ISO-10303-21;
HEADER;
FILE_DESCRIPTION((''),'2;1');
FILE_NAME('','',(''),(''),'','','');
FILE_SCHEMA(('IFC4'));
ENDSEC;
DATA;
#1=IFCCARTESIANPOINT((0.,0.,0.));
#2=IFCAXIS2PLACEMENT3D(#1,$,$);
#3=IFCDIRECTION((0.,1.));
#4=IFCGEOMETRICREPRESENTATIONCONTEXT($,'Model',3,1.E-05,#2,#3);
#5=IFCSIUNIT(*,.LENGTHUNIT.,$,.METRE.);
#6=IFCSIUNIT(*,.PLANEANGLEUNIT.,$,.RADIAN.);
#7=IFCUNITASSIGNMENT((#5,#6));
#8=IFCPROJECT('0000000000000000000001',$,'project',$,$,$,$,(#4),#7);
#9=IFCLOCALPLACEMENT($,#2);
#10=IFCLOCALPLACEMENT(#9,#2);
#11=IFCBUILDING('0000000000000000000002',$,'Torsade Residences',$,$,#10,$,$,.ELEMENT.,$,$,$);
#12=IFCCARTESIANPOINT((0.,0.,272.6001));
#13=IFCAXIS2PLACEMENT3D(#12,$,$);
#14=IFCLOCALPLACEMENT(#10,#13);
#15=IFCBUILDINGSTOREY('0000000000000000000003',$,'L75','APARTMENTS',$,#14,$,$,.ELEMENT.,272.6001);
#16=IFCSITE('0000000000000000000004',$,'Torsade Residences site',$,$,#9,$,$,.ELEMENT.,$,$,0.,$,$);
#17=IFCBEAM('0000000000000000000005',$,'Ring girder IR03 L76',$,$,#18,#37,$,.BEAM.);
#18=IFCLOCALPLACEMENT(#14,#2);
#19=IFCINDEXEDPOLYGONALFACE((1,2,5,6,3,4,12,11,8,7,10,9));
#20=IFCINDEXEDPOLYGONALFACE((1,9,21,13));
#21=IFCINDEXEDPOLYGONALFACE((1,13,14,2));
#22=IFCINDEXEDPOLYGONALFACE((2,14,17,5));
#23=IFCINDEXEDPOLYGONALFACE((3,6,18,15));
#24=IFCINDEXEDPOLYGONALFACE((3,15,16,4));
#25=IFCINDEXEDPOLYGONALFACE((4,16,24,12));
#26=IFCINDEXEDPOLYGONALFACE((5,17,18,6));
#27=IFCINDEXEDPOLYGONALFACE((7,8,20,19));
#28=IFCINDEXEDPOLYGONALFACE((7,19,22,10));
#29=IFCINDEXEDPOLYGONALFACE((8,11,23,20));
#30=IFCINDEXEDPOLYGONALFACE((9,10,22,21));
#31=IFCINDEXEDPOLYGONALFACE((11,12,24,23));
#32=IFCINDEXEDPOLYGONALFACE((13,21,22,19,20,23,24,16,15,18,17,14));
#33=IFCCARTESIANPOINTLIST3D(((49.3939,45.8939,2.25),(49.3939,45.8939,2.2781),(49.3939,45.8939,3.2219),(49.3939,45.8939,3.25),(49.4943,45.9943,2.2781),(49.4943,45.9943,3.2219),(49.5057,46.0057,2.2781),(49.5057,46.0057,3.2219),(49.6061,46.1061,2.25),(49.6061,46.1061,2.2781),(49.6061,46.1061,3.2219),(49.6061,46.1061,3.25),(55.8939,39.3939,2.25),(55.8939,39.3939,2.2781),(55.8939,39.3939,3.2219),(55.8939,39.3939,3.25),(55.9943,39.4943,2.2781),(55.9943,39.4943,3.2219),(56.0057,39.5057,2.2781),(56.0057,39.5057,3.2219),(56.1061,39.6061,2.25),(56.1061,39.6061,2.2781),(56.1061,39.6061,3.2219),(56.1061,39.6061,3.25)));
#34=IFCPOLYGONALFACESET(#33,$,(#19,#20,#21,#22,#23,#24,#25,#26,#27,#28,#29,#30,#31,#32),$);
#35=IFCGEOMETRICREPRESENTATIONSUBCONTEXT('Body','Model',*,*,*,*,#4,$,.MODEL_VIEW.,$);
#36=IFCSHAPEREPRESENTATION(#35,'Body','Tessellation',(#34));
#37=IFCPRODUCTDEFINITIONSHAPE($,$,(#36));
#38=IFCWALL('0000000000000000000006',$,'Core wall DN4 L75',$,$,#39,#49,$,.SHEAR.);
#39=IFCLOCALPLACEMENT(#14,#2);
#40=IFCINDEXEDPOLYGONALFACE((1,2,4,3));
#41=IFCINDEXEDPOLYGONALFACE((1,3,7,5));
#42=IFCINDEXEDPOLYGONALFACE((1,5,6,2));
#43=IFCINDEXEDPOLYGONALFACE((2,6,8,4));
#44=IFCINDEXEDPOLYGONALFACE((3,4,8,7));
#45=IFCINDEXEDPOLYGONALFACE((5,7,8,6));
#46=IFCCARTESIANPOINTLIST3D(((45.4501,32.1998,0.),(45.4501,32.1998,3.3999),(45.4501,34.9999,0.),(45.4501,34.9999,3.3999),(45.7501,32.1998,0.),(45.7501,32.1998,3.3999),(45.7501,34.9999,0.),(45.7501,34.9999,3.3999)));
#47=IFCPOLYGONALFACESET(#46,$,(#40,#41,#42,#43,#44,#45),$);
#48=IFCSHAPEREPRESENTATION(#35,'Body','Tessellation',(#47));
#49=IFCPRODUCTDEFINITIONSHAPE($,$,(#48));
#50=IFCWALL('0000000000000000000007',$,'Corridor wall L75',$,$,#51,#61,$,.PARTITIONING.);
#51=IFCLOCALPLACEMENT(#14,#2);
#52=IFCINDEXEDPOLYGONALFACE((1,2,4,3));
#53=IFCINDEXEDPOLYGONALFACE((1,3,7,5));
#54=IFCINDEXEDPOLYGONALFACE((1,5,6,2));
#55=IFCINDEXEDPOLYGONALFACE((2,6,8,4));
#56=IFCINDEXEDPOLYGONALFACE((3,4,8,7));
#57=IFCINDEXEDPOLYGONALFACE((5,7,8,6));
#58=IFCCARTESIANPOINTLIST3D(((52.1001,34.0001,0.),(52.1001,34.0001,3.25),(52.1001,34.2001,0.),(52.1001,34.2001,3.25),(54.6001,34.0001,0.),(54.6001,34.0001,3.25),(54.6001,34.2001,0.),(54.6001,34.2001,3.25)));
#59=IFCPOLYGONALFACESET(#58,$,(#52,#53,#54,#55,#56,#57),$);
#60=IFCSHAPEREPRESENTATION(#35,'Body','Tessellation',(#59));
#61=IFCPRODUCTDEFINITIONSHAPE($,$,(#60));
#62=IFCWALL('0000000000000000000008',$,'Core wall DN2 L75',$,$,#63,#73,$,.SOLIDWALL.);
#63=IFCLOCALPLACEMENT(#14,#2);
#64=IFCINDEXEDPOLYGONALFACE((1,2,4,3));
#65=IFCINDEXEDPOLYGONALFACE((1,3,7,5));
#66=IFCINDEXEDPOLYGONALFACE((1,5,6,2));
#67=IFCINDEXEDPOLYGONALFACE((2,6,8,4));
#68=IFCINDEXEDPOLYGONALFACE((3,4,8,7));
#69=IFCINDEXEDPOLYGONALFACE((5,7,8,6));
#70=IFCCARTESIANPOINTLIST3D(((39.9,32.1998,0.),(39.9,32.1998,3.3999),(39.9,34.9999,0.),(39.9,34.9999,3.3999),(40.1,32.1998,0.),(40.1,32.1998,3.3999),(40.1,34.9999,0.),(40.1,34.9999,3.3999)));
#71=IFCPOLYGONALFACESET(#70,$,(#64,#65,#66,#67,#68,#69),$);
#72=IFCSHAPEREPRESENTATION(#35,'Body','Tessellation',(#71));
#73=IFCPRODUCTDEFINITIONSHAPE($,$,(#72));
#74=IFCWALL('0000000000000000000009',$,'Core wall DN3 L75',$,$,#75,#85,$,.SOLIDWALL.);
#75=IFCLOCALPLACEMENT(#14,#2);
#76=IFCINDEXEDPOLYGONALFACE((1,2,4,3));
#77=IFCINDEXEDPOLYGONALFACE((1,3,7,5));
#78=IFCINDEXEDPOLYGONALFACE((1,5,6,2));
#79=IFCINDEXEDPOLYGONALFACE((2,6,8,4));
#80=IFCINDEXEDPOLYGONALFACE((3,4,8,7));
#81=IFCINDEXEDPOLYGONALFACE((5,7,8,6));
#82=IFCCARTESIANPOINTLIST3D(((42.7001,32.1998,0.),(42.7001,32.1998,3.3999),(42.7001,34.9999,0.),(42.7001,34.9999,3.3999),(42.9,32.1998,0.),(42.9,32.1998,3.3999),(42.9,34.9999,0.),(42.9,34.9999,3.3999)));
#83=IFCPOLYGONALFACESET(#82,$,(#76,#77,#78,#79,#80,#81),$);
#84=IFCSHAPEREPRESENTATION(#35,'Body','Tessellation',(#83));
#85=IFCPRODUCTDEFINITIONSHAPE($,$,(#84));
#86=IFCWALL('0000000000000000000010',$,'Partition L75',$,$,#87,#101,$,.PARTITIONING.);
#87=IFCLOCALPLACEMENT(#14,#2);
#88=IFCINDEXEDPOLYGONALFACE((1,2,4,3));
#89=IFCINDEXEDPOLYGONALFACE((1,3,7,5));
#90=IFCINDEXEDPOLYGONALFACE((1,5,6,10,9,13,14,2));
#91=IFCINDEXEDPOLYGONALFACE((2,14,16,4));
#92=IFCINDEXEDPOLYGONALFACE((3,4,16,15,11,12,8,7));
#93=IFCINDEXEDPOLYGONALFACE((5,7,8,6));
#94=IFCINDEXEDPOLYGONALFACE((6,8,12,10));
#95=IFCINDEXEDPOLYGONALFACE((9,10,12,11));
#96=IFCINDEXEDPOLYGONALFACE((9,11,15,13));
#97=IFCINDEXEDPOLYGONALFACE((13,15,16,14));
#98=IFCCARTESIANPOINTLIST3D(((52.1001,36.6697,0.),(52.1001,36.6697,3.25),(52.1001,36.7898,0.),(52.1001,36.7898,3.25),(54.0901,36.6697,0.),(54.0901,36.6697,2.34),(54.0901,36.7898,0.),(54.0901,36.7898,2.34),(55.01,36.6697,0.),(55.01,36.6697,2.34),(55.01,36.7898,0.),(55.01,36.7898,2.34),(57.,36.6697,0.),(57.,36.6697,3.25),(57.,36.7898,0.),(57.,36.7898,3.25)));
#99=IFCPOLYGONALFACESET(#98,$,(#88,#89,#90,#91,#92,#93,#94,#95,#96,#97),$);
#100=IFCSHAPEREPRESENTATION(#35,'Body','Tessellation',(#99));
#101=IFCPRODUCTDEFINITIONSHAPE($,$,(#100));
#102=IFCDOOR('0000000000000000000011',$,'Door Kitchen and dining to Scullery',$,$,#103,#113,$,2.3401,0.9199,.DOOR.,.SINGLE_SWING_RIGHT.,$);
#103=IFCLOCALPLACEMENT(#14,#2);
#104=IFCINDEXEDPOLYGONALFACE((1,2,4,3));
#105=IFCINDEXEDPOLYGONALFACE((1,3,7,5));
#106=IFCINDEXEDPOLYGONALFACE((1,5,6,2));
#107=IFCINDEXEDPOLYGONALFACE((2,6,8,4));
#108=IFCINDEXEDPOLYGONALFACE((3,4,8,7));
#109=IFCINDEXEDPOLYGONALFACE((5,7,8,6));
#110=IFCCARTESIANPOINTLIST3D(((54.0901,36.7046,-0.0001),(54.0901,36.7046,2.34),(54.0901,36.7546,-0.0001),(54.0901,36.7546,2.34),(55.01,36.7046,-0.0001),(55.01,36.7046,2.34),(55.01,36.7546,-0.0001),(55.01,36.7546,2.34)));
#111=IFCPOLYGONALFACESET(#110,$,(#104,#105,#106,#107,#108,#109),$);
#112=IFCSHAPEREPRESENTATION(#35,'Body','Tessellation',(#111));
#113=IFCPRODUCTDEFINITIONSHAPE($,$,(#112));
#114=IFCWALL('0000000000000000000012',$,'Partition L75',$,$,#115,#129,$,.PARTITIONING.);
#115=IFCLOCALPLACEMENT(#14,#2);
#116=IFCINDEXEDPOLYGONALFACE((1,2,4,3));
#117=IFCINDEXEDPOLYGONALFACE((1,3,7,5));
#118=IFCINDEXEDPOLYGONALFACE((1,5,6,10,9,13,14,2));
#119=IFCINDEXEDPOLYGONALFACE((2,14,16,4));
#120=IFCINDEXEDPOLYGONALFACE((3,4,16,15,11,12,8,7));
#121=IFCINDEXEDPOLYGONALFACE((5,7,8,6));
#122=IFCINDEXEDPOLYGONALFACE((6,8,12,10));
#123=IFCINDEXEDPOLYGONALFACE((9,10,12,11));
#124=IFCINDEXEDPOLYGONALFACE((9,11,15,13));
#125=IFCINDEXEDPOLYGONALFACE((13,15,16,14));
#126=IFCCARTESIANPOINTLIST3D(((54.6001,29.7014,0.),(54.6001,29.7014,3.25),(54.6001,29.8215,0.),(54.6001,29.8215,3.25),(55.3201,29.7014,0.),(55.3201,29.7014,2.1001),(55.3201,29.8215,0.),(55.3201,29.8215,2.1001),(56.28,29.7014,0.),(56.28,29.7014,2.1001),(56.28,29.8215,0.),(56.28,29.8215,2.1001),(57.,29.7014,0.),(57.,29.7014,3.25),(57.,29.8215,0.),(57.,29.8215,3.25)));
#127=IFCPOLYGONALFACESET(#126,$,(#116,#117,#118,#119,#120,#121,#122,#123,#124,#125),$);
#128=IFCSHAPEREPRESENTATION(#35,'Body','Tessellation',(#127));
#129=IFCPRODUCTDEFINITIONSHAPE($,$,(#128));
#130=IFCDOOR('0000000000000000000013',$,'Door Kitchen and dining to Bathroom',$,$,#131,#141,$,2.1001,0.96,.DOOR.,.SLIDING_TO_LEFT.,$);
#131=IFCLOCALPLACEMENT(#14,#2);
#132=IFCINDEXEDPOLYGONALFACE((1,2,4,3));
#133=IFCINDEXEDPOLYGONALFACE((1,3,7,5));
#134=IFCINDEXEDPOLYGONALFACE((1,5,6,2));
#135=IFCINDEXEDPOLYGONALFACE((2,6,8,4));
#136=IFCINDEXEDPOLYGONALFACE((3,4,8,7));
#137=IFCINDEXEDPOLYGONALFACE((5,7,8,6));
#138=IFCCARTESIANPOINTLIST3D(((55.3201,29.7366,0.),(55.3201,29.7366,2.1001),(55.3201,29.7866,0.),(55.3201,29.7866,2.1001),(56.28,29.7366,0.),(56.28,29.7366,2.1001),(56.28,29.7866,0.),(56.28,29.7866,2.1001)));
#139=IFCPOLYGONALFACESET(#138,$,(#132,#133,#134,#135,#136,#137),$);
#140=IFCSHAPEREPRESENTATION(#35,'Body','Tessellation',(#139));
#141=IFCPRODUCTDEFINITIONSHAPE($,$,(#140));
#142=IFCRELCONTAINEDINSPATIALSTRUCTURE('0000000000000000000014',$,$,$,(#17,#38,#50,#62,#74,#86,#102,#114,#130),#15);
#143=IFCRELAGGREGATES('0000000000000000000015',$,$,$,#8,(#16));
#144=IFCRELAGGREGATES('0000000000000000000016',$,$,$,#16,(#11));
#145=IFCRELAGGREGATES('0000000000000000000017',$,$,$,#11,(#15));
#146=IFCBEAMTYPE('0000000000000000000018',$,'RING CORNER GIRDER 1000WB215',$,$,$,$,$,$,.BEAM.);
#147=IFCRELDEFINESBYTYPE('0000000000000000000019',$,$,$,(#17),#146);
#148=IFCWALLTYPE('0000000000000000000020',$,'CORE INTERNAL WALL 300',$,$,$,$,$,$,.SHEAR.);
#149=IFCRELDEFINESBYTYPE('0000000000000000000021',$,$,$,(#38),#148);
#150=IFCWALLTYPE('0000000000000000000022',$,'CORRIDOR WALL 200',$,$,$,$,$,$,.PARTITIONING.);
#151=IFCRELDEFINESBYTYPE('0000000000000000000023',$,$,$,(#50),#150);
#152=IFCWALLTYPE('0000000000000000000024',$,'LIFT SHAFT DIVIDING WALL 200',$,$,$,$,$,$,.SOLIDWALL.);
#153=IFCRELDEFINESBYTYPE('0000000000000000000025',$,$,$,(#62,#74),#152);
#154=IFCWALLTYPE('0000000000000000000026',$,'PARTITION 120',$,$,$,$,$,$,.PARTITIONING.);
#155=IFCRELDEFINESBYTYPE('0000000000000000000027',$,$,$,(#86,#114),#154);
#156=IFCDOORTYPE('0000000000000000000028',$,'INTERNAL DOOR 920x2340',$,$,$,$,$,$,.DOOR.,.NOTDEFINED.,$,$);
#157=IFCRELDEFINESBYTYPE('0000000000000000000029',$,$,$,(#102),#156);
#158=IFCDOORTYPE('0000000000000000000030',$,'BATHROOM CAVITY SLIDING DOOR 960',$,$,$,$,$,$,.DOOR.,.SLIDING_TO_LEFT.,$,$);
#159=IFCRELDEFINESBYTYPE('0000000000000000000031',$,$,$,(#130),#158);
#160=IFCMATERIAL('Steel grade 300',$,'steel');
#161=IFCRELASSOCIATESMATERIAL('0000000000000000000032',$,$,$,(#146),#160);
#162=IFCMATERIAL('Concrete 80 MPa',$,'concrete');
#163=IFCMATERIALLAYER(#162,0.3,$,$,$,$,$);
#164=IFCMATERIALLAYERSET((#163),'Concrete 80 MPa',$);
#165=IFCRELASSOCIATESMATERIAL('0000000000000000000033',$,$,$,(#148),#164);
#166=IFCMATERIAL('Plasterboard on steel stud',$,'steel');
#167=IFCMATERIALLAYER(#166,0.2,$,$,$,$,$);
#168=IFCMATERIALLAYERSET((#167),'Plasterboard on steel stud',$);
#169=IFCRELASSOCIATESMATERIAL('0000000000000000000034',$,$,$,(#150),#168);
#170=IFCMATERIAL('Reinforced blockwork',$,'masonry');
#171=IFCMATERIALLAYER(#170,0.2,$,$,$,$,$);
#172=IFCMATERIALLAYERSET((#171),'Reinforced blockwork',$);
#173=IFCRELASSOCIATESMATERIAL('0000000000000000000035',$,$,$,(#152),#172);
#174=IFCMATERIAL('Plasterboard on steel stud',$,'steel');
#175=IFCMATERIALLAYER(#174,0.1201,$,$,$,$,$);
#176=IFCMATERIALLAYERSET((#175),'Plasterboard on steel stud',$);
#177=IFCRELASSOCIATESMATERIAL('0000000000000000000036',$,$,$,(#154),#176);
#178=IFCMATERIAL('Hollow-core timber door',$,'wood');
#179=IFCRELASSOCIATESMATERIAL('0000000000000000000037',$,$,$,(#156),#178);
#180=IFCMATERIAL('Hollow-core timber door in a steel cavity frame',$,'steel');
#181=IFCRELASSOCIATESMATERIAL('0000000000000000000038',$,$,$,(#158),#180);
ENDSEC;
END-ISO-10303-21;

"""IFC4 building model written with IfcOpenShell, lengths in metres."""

from ifc_helpers import new_model, si_unit, direction, frame, frame_2d, origin, origin_2d, place, context, subcontext, project, spatial, rectangle, i_section, extrude, material, layer, layer_set, material_profile, profile_set, type_object, element, fill, save


model = new_model("IFC4")

# Units and contexts
model_context = context("Model", 3, precision=1e-05, world=origin(), true_north=direction((0.0, 1.0)))
body_context = subcontext(model_context, "Body", "Model", "MODEL_VIEW")
ifc_project = project(units=[si_unit("LENGTHUNIT", "METRE"), si_unit("PLANEANGLEUNIT", "RADIAN")], contexts=[model_context])

# Site, building, storey
site_placement = place(None, origin())
site = spatial("IfcSite", under=ifc_project, at=site_placement, Name="Torsade Residences site", CompositionType="ELEMENT", RefElevation=0.0)
building_placement = place(site_placement, origin())
building = spatial("IfcBuilding", under=site, at=building_placement, Name="Torsade Residences", CompositionType="ELEMENT")
storey_placement = place(building_placement, frame((0.0, 0.0, 272.6001)))
storey = spatial("IfcBuildingStorey", under=building, at=storey_placement, Name="L75", Description="APARTMENTS", CompositionType="ELEMENT", Elevation=272.6001)

# Beam
ifc_material_1 = material(Name="Steel grade 300", Category="steel")
ifc_material_profile_1 = material_profile(ifc_material_1, i_section(OverallWidth=0.3, OverallDepth=1.0, WebThickness=0.0161, FlangeThickness=0.0281, at=origin_2d()), Name="1000WB215")
ifc_profile_set_1 = profile_set([ifc_material_profile_1], Name="Steel grade 300")
beam_type_1 = type_object("IfcBeamType", Name="RING CORNER GIRDER 1000WB215", PredefinedType="BEAM", material=ifc_profile_set_1)
beam_1_placement = place(storey_placement, frame((56.0, 39.5, 2.75), z_axis=(-0.707107, 0.707107, 0.0), x_axis=(-0.707107, -0.707107, 0.0)))
element("IfcBeam", 1, at=beam_1_placement, inside=storey, type_object=beam_type_1, Name="Ring girder IR03 L76", PredefinedType="BEAM", context=body_context, shape_type="SweptSolid", body=[
    extrude(i_section(OverallWidth=0.3, OverallDepth=1.0, WebThickness=0.0161, FlangeThickness=0.0281, at=origin_2d()), origin(), (0.0, 0.0, 1.0), 9.1924),
])

# Walls
ifc_material_2 = material(Name="Concrete 80 MPa", Category="concrete")
ifc_layer_1 = layer(ifc_material_2, 0.3)
ifc_layer_set_1 = layer_set([ifc_layer_1], Name="Concrete 80 MPa")
wall_type_1 = type_object("IfcWallType", Name="CORE INTERNAL WALL 300", PredefinedType="SHEAR", material=ifc_layer_set_1)
wall_1_placement = place(storey_placement, frame((45.6001, 32.2, 0.0), z_axis=(0.0, 0.0, 1.0), x_axis=(0.0, 1.0, 0.0)))
element("IfcWall", 2, at=wall_1_placement, inside=storey, type_object=wall_type_1, Name="Core wall DN4 L75", PredefinedType="SHEAR", context=body_context, shape_type="SweptSolid", body=[
    extrude(rectangle(XDim=2.8, YDim=0.3, at=frame_2d((1.3999, 0.0))), origin(), (0.0, 0.0, 1.0), 3.3999),
])
ifc_material_3 = material(Name="Plasterboard on steel stud", Category="steel")
ifc_layer_2 = layer(ifc_material_3, 0.2)
ifc_layer_set_2 = layer_set([ifc_layer_2], Name="Plasterboard on steel stud")
wall_type_2 = type_object("IfcWallType", Name="CORRIDOR WALL 200", PredefinedType="PARTITIONING", material=ifc_layer_set_2)
wall_2_placement = place(storey_placement, frame((52.1001, 34.1001, 0.0), z_axis=(0.0, 0.0, 1.0), x_axis=(1.0, 0.0, 0.0)))
element("IfcWall", 3, at=wall_2_placement, inside=storey, type_object=wall_type_2, Name="Corridor wall L75", PredefinedType="PARTITIONING", context=body_context, shape_type="SweptSolid", body=[
    extrude(rectangle(XDim=2.5, YDim=0.2, at=frame_2d((1.25, 0.0))), origin(), (0.0, 0.0, 1.0), 3.25),
])
ifc_material_4 = material(Name="Reinforced blockwork", Category="masonry")
ifc_layer_3 = layer(ifc_material_4, 0.2)
ifc_layer_set_3 = layer_set([ifc_layer_3], Name="Reinforced blockwork")
wall_type_3 = type_object("IfcWallType", Name="LIFT SHAFT DIVIDING WALL 200", PredefinedType="SOLIDWALL", material=ifc_layer_set_3)
for number, where, z_axis, x_axis, name in (
    (4, (40.0, 32.2, 0.0), (0.0, 0.0, 1.0), (0.0, 1.0, 0.0), "Core wall DN2 L75"),
    (5, (42.8, 32.2, 0.0), (0.0, 0.0, 1.0), (0.0, 1.0, 0.0), "Core wall DN3 L75"),
):
    element("IfcWall", number, at=place(storey_placement, frame(where, z_axis=z_axis, x_axis=x_axis)), inside=storey, type_object=wall_type_3, Name=name, PredefinedType="SOLIDWALL", context=body_context, shape_type="SweptSolid", body=[
        extrude(rectangle(XDim=2.8, YDim=0.2, at=frame_2d((1.3999, 0.0))), origin(), (0.0, 0.0, 1.0), 3.3999),
    ])

# Walls, openings, doors
ifc_material_5 = material(Name="Plasterboard on steel stud", Category="steel")
ifc_layer_4 = layer(ifc_material_5, 0.1201)
ifc_layer_set_4 = layer_set([ifc_layer_4], Name="Plasterboard on steel stud")
wall_type_4 = type_object("IfcWallType", Name="PARTITION 120", PredefinedType="PARTITIONING", material=ifc_layer_set_4)
wall_3_placement = place(storey_placement, frame((52.1001, 36.7297, 0.0), z_axis=(0.0, 0.0, 1.0), x_axis=(1.0, 0.0, 0.0)))
wall_3 = element("IfcWall", 6, at=wall_3_placement, inside=storey, type_object=wall_type_4, Name="Partition L75", PredefinedType="PARTITIONING", context=body_context, shape_type="SweptSolid", body=[
    extrude(rectangle(XDim=4.8999, YDim=0.1201, at=frame_2d((2.45, 0.0))), origin(), (0.0, 0.0, 1.0), 3.25),
])
opening_1_placement = place(wall_3_placement, frame((1.99, 0.0, 0.0)))
opening_1 = element("IfcOpeningElement", 7, at=opening_1_placement, cuts=wall_3, PredefinedType="OPENING", context=body_context, shape_type="SweptSolid", body=[
    extrude(rectangle(XDim=0.9199, YDim=2.3401, at=frame_2d((0.46, 1.1699))), frame((0.0, 0.0701, 0.0), z_axis=(0.0, -1.0, 0.0), x_axis=(1.0, 0.0, 0.0)), (0.0, 0.0, 1.0), 0.1401),
])
ifc_material_6 = material(Name="Hollow-core timber door", Category="wood")
door_type_1 = type_object("IfcDoorType", Name="INTERNAL DOOR 920x2340", OperationType="NOTDEFINED", PredefinedType="DOOR", material=ifc_material_6)
door_1_placement = place(opening_1_placement, origin())
door_1 = element("IfcDoor", 8, at=door_1_placement, inside=storey, type_object=door_type_1, Name="Door Kitchen and dining to Scullery", OperationType="SINGLE_SWING_RIGHT", OverallHeight=2.3401, OverallWidth=0.9199, PredefinedType="DOOR", context=body_context, shape_type="SweptSolid", body=[
    extrude(rectangle(XDim=0.9199, YDim=2.3401, at=frame_2d((0.46, 1.1699))), frame((0.0, 0.0249, 0.0), z_axis=(0.0, -1.0, 0.0), x_axis=(1.0, 0.0, 0.0)), (0.0, 0.0, 1.0), 0.05),
])
fill(opening_1, door_1)
wall_4_placement = place(storey_placement, frame((57.0, 29.7615, 0.0), z_axis=(0.0, 0.0, 1.0), x_axis=(-1.0, 0.0, 0.0)))
wall_4 = element("IfcWall", 9, at=wall_4_placement, inside=storey, type_object=wall_type_4, Name="Partition L75", PredefinedType="PARTITIONING", context=body_context, shape_type="SweptSolid", body=[
    extrude(rectangle(XDim=2.3999, YDim=0.1201, at=frame_2d((1.2, 0.0))), origin(), (0.0, 0.0, 1.0), 3.25),
])
opening_2_placement = place(wall_4_placement, frame((0.72, 0.0, 0.0)))
opening_2 = element("IfcOpeningElement", 10, at=opening_2_placement, cuts=wall_4, PredefinedType="OPENING", context=body_context, shape_type="SweptSolid", body=[
    extrude(rectangle(XDim=0.96, YDim=2.1001, at=frame_2d((0.48, 1.05))), frame((0.0, 0.0701, 0.0), z_axis=(0.0, -1.0, 0.0), x_axis=(1.0, 0.0, 0.0)), (0.0, 0.0, 1.0), 0.1401),
])
ifc_material_7 = material(Name="Hollow-core timber door in a steel cavity frame", Category="steel")
door_type_2 = type_object("IfcDoorType", Name="BATHROOM CAVITY SLIDING DOOR 960", OperationType="SLIDING_TO_LEFT", PredefinedType="DOOR", material=ifc_material_7)
door_2_placement = place(opening_2_placement, origin())
door_2 = element("IfcDoor", 11, at=door_2_placement, inside=storey, type_object=door_type_2, Name="Door Kitchen and dining to Bathroom", OperationType="SLIDING_TO_LEFT", OverallHeight=2.1001, OverallWidth=0.96, PredefinedType="DOOR", context=body_context, shape_type="SweptSolid", body=[
    extrude(rectangle(XDim=0.96, YDim=2.1001, at=frame_2d((0.48, 1.05))), frame((0.0, 0.0249, 0.0), z_axis=(0.0, -1.0, 0.0), x_axis=(1.0, 0.0, 0.0)), (0.0, 0.0, 1.0), 0.05),
])
fill(opening_2, door_2)

save(model, "model.ifc")
